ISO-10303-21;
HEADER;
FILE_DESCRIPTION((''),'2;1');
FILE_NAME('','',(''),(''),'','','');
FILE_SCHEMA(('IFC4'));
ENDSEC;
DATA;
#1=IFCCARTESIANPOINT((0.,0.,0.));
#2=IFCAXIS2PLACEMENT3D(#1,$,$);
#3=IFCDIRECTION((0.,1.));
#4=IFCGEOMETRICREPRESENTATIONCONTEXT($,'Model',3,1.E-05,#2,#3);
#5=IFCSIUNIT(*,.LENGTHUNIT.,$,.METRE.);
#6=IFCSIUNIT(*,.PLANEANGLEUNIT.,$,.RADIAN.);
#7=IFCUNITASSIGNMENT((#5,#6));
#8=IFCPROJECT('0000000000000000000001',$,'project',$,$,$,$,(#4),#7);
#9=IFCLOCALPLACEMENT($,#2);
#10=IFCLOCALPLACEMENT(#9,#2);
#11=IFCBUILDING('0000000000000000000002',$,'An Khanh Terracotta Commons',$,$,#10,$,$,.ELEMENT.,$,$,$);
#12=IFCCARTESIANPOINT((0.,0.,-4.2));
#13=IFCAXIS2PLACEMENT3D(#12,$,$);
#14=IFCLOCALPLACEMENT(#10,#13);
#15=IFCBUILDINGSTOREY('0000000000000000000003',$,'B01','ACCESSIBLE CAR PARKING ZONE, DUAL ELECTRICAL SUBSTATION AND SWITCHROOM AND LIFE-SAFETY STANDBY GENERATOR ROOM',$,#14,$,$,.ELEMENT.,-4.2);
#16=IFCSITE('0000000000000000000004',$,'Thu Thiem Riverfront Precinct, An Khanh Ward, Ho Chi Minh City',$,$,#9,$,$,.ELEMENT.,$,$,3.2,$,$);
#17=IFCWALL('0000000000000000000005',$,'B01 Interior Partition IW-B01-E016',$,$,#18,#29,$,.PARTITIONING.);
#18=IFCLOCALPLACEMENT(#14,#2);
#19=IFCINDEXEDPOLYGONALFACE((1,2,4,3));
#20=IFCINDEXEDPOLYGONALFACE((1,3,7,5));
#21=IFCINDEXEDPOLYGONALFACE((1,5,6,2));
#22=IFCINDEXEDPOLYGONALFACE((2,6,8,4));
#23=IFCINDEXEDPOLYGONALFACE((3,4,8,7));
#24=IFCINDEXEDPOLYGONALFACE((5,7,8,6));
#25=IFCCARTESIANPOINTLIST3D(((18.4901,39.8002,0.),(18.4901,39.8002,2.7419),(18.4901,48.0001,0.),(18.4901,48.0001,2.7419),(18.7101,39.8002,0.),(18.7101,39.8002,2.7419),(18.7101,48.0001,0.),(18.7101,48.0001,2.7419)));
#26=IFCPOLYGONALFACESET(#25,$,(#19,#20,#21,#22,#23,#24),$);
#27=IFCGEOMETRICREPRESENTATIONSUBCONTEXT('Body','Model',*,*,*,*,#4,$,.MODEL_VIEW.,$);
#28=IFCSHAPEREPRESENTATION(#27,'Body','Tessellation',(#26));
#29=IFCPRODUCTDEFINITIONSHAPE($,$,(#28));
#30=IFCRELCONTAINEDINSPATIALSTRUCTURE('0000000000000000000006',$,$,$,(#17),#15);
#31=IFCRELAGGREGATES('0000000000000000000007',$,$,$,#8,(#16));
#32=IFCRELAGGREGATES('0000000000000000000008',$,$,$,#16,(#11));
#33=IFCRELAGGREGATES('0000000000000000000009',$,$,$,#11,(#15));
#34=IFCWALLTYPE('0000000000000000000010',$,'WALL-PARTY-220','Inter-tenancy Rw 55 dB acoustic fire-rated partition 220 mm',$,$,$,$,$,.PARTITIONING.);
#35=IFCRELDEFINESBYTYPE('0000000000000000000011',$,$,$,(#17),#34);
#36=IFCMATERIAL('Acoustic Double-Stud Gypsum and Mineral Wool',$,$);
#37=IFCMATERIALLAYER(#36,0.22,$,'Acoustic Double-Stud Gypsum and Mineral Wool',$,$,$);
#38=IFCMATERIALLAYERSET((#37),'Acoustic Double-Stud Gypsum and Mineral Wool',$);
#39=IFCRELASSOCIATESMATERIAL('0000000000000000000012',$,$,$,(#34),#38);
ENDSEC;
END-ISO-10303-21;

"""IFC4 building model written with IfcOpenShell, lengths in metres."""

from ifc_helpers import new_model, si_unit, direction, frame, frame_2d, origin, place, context, subcontext, project, spatial, rectangle, extrude, material, layer, layer_set, type_object, element, save


model = new_model("IFC4")

# Units and contexts
model_context = context("Model", 3, precision=1e-05, world=origin(), true_north=direction((0.0, 1.0)))
body_context = subcontext(model_context, "Body", "Model", "MODEL_VIEW")
ifc_project = project(units=[si_unit("LENGTHUNIT", "METRE"), si_unit("PLANEANGLEUNIT", "RADIAN")], contexts=[model_context])

# Site, building, storey
site_placement = place(None, origin())
site = spatial("IfcSite", under=ifc_project, at=site_placement, Name="Thu Thiem Riverfront Precinct, An Khanh Ward, Ho Chi Minh City", CompositionType="ELEMENT", RefElevation=3.2)
building_placement = place(site_placement, origin())
building = spatial("IfcBuilding", under=site, at=building_placement, Name="An Khanh Terracotta Commons", CompositionType="ELEMENT")
storey_placement = place(building_placement, frame((0.0, 0.0, -4.2)))
storey = spatial("IfcBuildingStorey", under=building, at=storey_placement, Name="B01", Description="ACCESSIBLE CAR PARKING ZONE, DUAL ELECTRICAL SUBSTATION AND SWITCHROOM AND LIFE-SAFETY STANDBY GENERATOR ROOM", CompositionType="ELEMENT", Elevation=-4.2)

# Wall
ifc_material_1 = material(Name="Acoustic Double-Stud Gypsum and Mineral Wool")
ifc_layer_1 = layer(ifc_material_1, 0.22, Name="Acoustic Double-Stud Gypsum and Mineral Wool")
ifc_layer_set_1 = layer_set([ifc_layer_1], Name="Acoustic Double-Stud Gypsum and Mineral Wool")
wall_type_1 = type_object("IfcWallType", Name="WALL-PARTY-220", Description="Inter-tenancy Rw 55 dB acoustic fire-rated partition 220 mm", PredefinedType="PARTITIONING", material=ifc_layer_set_1)
wall_1_placement = place(storey_placement, frame((18.6001, 39.8, 0.0), z_axis=(0.0, 0.0, 1.0), x_axis=(0.0, 1.0, 0.0)))
element("IfcWall", 1, at=wall_1_placement, inside=storey, type_object=wall_type_1, Name="B01 Interior Partition IW-B01-E016", PredefinedType="PARTITIONING", context=body_context, shape_type="SweptSolid", body=[
    extrude(rectangle(XDim=8.2, YDim=0.22, at=frame_2d((4.1001, 0.0))), origin(), (0.0, 0.0, 1.0), 2.7419),
])

save(model, "model.ifc")
